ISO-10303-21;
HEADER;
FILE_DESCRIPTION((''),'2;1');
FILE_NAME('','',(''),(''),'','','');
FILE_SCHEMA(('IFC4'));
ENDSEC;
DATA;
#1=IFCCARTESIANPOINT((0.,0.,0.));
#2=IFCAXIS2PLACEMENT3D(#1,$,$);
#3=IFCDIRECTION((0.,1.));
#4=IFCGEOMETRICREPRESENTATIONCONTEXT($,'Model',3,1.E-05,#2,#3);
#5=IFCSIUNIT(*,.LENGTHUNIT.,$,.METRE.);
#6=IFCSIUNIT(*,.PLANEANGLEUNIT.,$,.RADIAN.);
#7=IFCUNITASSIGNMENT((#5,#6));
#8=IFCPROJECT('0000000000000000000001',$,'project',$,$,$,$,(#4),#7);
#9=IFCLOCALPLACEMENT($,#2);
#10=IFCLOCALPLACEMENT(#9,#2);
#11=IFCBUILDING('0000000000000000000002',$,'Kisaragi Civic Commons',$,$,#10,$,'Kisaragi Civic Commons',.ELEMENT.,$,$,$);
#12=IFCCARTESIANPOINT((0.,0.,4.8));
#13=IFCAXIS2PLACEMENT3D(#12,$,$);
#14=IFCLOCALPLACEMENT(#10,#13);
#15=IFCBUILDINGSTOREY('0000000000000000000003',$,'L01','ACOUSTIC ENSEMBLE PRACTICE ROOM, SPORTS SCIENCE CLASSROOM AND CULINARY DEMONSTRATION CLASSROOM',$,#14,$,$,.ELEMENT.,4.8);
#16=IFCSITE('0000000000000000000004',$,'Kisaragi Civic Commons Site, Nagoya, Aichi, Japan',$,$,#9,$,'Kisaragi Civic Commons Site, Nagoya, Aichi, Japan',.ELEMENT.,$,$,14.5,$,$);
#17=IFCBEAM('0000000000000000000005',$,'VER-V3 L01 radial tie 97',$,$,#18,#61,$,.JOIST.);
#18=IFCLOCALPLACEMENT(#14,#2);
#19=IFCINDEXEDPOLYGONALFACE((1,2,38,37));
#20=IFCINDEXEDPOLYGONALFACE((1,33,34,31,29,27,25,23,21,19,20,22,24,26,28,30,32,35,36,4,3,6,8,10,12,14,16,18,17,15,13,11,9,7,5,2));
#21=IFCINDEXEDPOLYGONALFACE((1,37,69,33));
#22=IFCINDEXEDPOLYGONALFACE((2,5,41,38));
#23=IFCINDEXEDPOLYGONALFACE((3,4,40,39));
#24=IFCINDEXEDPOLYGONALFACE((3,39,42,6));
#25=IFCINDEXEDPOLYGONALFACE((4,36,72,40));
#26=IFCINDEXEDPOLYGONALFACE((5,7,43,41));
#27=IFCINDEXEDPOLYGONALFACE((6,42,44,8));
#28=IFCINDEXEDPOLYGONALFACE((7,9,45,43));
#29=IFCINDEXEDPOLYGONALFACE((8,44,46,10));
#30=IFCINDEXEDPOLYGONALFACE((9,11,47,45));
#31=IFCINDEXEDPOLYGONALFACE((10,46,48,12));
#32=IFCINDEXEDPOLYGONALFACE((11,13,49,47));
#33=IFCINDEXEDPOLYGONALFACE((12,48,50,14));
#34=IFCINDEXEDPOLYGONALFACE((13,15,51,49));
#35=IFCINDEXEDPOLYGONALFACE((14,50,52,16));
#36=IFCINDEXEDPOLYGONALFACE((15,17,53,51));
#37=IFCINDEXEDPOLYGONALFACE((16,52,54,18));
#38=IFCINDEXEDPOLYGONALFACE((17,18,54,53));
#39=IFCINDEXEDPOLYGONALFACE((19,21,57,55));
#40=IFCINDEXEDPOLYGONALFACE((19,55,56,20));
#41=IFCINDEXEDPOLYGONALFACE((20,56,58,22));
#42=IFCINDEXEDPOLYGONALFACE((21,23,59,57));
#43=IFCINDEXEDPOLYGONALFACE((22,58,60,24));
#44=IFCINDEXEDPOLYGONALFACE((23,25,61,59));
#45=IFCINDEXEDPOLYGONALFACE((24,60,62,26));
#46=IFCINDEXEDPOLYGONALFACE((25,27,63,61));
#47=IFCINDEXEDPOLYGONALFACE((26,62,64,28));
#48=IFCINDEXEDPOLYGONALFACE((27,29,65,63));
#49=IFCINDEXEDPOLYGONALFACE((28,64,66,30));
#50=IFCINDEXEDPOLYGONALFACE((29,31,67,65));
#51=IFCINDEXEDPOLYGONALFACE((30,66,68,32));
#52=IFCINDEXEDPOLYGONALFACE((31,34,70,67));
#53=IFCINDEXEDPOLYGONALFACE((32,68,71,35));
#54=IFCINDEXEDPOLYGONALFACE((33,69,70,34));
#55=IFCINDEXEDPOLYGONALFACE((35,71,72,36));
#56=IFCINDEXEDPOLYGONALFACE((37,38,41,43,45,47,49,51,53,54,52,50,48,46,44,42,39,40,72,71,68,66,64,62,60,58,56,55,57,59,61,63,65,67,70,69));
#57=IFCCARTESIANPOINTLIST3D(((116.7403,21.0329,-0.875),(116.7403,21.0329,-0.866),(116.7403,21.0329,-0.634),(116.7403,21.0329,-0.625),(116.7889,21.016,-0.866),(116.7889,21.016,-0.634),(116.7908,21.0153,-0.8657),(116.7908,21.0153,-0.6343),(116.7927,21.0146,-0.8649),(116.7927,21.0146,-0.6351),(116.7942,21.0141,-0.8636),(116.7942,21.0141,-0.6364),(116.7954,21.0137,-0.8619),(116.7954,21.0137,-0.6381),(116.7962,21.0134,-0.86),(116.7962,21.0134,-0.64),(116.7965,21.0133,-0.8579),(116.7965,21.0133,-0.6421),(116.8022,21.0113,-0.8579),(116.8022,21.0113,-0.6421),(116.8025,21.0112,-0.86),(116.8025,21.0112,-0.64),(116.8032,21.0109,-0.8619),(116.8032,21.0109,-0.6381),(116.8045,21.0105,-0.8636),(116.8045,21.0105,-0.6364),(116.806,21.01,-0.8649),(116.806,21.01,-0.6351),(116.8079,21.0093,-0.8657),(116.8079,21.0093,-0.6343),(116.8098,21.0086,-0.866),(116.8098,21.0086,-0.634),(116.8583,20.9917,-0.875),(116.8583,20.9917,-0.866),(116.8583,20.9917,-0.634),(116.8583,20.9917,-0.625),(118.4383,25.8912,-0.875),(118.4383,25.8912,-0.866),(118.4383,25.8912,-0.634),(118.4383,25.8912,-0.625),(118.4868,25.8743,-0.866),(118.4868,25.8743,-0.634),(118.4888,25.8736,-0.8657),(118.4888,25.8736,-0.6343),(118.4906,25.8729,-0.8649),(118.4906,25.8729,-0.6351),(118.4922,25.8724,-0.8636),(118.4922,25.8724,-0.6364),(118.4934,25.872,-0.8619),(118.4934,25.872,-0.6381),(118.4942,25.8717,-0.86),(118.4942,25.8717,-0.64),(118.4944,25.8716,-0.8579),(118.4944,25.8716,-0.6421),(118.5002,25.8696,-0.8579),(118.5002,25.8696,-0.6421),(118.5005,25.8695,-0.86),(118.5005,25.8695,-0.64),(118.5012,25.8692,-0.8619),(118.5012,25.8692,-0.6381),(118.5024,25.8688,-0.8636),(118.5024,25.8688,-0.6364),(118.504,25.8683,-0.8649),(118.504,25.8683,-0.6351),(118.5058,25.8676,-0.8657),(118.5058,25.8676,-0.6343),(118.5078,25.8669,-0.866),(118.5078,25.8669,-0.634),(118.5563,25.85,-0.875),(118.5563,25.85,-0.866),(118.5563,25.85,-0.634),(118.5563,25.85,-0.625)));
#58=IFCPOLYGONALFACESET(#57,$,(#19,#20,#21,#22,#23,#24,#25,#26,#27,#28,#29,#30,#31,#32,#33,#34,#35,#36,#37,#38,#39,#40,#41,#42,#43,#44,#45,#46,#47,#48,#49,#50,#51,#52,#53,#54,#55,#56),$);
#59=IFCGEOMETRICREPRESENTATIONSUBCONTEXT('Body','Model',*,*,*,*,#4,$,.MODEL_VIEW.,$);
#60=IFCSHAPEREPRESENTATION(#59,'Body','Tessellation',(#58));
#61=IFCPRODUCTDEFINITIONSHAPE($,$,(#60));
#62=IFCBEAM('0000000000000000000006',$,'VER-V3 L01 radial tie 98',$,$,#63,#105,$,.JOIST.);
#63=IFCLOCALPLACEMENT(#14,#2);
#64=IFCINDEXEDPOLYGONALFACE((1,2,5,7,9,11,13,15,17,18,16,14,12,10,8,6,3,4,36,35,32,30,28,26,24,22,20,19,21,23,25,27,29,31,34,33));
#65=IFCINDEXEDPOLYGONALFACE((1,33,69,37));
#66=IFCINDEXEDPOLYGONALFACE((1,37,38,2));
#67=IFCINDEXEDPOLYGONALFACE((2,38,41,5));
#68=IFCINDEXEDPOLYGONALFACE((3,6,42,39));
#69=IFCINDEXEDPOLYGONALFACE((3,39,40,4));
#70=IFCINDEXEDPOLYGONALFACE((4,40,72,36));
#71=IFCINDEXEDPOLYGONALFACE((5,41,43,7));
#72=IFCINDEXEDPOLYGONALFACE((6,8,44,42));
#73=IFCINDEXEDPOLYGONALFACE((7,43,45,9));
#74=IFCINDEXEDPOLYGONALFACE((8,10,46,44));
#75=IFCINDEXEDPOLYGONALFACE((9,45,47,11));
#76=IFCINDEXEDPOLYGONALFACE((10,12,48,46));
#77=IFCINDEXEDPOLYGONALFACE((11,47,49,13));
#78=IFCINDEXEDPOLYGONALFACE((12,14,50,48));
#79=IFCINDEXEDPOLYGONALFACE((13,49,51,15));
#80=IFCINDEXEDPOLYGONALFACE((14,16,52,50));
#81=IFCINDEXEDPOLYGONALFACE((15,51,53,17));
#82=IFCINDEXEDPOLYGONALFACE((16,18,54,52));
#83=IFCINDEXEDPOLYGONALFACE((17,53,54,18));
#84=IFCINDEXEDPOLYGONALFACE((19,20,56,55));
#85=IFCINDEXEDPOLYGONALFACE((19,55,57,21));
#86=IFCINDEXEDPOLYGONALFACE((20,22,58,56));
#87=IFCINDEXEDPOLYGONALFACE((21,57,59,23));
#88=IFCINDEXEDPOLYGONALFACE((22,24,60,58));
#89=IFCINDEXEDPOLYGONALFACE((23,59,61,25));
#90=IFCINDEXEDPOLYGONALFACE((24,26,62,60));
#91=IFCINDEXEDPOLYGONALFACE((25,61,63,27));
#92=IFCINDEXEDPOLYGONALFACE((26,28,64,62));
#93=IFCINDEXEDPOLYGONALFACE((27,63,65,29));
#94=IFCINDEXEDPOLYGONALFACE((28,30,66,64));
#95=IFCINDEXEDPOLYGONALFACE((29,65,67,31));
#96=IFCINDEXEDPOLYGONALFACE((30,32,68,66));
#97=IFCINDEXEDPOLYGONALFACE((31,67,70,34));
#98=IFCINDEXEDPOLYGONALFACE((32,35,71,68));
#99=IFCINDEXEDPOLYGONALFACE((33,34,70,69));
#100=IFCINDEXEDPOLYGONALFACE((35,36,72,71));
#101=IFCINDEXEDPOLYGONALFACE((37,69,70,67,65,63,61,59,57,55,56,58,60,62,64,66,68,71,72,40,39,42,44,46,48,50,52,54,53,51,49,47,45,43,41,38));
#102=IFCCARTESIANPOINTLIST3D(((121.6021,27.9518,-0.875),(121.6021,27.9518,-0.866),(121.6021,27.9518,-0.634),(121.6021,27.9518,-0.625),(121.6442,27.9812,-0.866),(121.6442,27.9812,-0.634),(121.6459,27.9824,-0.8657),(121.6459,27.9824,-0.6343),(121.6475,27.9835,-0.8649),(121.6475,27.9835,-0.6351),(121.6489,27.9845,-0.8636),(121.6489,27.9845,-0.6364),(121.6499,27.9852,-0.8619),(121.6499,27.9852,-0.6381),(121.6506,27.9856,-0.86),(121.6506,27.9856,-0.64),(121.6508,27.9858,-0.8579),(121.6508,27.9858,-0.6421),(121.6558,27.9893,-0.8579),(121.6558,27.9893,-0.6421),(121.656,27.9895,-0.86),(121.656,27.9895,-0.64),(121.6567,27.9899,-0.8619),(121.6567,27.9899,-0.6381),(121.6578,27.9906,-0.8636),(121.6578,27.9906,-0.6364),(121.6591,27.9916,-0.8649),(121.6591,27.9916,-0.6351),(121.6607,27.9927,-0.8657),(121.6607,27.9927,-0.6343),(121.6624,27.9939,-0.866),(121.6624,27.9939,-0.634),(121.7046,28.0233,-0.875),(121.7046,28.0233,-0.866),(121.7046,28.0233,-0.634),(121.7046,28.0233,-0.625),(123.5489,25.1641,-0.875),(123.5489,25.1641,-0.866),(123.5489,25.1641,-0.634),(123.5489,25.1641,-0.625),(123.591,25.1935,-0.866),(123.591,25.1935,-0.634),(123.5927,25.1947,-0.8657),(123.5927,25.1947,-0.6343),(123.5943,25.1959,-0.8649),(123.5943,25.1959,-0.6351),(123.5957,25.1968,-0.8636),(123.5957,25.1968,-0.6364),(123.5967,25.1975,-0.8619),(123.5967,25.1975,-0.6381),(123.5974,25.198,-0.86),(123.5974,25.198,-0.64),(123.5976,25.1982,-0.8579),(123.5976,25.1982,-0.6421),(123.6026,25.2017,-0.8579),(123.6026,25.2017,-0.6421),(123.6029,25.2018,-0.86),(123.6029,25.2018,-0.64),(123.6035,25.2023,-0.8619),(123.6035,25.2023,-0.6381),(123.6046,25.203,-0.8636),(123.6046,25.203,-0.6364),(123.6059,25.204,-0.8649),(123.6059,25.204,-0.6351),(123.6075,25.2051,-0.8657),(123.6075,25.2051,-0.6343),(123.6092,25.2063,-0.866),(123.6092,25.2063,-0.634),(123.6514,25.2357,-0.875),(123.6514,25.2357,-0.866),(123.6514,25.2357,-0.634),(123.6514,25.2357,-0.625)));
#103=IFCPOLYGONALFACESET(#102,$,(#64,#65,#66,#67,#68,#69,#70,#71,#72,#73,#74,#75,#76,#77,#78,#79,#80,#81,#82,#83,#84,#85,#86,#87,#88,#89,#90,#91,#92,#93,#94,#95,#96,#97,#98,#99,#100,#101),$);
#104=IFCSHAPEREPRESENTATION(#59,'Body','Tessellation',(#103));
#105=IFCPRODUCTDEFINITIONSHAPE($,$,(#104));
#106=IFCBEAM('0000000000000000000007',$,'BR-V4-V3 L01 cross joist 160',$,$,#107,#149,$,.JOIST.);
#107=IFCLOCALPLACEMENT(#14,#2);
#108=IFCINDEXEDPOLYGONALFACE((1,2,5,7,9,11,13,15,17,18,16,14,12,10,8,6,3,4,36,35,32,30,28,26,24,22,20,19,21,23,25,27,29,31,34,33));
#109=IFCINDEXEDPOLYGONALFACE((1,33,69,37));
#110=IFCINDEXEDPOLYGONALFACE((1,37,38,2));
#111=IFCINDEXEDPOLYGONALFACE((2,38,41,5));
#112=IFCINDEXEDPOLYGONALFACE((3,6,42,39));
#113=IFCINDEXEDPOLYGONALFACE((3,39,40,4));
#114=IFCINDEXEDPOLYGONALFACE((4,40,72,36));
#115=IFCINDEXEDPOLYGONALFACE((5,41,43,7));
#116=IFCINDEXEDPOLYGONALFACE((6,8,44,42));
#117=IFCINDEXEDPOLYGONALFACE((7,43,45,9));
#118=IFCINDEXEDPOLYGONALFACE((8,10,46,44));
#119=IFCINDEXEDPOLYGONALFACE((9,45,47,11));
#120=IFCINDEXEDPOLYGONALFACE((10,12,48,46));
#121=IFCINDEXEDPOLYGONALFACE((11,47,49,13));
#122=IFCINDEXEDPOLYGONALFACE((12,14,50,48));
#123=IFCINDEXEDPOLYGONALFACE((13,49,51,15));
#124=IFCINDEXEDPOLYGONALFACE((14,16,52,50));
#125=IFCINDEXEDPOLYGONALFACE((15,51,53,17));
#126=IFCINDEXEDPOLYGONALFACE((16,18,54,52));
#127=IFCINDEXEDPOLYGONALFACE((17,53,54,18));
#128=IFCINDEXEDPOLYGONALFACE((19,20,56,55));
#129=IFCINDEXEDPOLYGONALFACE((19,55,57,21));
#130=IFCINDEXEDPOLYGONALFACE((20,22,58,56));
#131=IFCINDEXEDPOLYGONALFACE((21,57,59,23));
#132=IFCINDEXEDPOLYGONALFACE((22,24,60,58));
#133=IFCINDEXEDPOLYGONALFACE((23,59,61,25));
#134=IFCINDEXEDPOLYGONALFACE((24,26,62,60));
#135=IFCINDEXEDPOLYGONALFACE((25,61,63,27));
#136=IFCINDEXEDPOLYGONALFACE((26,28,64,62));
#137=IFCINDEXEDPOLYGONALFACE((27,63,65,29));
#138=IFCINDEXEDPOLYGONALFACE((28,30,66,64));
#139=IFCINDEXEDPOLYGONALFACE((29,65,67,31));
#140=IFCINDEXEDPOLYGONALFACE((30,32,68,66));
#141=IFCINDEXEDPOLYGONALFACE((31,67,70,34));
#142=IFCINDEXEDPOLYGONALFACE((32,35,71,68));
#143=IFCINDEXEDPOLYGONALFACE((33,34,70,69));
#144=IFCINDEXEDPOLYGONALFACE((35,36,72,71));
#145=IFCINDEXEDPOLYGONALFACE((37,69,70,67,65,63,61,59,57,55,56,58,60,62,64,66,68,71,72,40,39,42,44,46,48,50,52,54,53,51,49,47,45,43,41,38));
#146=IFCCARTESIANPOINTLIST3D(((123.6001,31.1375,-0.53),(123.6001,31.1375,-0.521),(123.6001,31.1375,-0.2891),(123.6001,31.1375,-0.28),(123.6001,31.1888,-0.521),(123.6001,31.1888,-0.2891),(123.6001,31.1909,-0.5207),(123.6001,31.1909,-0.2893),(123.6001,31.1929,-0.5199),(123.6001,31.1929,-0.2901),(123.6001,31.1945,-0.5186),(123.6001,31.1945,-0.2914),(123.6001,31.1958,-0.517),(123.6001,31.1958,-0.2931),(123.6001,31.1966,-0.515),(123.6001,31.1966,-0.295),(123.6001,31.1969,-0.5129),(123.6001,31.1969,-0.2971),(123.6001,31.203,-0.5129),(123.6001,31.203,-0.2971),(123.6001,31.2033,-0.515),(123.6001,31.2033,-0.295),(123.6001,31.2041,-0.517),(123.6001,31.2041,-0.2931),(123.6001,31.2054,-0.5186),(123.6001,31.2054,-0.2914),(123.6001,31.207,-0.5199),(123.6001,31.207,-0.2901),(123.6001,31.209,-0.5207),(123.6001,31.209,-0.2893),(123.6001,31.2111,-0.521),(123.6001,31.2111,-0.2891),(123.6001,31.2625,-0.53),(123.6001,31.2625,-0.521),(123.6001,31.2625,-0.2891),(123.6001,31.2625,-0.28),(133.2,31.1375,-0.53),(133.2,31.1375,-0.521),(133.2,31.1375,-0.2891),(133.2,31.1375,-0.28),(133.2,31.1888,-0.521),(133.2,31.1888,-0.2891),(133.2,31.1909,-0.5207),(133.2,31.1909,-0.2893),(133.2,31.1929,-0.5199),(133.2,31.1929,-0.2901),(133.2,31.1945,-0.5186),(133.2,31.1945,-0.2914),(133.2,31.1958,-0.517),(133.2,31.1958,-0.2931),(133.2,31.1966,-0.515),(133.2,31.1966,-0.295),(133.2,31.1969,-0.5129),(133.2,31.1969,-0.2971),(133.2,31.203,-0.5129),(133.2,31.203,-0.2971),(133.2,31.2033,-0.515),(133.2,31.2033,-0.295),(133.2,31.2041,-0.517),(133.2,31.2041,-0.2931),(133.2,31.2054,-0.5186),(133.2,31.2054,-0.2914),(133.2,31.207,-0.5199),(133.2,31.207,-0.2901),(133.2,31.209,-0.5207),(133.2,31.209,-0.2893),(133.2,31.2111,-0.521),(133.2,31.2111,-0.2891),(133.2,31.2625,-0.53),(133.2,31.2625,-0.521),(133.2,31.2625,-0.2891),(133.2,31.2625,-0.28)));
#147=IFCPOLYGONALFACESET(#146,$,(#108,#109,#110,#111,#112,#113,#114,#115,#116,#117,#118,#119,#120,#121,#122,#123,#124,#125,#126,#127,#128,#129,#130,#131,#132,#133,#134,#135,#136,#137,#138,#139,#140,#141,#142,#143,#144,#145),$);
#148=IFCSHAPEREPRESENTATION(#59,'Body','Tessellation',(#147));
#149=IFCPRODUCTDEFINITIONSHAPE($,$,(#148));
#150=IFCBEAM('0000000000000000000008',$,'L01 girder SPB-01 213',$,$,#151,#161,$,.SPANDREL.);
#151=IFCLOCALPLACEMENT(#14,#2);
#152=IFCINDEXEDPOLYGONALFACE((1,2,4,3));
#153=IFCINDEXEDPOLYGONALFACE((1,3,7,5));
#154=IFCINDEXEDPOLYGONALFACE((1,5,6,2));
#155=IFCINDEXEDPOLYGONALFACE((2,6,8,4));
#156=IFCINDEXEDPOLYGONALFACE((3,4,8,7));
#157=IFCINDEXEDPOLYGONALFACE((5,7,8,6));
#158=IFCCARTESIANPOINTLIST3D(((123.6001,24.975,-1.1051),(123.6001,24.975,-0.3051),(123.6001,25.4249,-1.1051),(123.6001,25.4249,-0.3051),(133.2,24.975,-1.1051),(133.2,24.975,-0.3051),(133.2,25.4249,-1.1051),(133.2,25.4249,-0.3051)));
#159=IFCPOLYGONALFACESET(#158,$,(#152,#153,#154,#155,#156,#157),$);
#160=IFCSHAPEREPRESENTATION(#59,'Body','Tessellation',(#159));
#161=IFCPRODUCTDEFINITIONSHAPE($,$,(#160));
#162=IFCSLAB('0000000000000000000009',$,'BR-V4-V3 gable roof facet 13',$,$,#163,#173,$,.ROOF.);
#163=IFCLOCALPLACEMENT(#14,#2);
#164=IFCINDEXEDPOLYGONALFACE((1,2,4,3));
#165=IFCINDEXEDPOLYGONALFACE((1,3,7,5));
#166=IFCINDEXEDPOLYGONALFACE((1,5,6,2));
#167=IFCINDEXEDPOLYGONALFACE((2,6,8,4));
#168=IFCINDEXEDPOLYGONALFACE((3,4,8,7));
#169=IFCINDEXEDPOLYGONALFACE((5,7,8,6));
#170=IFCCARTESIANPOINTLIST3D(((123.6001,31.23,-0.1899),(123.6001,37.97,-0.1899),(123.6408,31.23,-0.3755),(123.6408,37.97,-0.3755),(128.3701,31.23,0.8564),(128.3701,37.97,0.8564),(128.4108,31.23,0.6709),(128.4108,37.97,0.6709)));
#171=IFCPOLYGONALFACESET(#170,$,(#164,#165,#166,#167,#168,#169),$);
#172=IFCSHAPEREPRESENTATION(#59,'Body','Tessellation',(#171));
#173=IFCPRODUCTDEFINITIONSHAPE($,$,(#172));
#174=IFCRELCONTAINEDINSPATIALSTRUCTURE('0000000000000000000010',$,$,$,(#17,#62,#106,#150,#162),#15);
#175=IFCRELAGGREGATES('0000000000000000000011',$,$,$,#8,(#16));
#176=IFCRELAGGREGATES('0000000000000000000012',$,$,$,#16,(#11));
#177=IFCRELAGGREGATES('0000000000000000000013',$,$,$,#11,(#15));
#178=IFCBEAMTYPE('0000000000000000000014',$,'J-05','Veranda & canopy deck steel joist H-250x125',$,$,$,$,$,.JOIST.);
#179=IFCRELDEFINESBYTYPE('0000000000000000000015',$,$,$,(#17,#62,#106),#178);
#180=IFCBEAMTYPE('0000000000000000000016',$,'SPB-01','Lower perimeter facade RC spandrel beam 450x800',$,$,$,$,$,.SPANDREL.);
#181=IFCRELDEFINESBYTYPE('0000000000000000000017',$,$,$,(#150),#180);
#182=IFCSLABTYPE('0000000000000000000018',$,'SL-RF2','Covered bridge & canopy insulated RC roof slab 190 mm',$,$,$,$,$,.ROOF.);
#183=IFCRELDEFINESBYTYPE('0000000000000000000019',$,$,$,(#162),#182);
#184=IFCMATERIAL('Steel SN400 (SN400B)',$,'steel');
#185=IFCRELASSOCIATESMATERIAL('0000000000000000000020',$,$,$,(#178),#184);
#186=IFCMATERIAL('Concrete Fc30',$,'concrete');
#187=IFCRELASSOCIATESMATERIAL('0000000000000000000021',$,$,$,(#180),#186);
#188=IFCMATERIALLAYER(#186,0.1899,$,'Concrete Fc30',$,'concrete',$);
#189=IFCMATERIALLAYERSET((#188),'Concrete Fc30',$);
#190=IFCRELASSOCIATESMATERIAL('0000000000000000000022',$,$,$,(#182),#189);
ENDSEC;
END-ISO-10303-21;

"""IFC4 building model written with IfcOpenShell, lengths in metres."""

from ifc_helpers import new_model, si_unit, direction, frame, origin, origin_2d, place, context, subcontext, project, spatial, polyline, rectangle, i_section, outline, extrude, material, layer, layer_set, material_profile, profile_set, type_object, element, save


model = new_model("IFC4")

# Units and contexts
model_context = context("Model", 3, precision=1e-05, world=origin(), true_north=direction((0.0, 1.0)))
body_context = subcontext(model_context, "Body", "Model", "MODEL_VIEW")
ifc_project = project(units=[si_unit("LENGTHUNIT", "METRE"), si_unit("PLANEANGLEUNIT", "RADIAN")], contexts=[model_context])

# Site, building, storey
site_placement = place(None, origin())
site = spatial("IfcSite", under=ifc_project, at=site_placement, Name="Kisaragi Civic Commons Site, Nagoya, Aichi, Japan", LongName="Kisaragi Civic Commons Site, Nagoya, Aichi, Japan", CompositionType="ELEMENT", RefElevation=14.5)
building_placement = place(site_placement, origin())
building = spatial("IfcBuilding", under=site, at=building_placement, Name="Kisaragi Civic Commons", LongName="Kisaragi Civic Commons", CompositionType="ELEMENT")
storey_placement = place(building_placement, frame((0.0, 0.0, 4.8)))
storey = spatial("IfcBuildingStorey", under=building, at=storey_placement, Name="L01", Description="ACOUSTIC ENSEMBLE PRACTICE ROOM, SPORTS SCIENCE CLASSROOM AND CULINARY DEMONSTRATION CLASSROOM", CompositionType="ELEMENT", Elevation=4.8)

# Beams
ifc_material_1 = material(Name="Concrete Fc30", Category="concrete")
ifc_material_2 = material(Name="Steel SN400 (SN400B)", Category="steel")
ifc_material_profile_1 = material_profile(ifc_material_2, i_section(OverallWidth=0.125, OverallDepth=0.25, WebThickness=0.0061, FlangeThickness=0.009, FilletRadius=0.0081, at=origin_2d()), Name="H-250x125x6x9", Category="steel")
ifc_profile_set_1 = profile_set([ifc_material_profile_1], Name="Steel SN400 (SN400B)")
beam_type_1 = type_object("IfcBeamType", Name="J-05", Description="Veranda & canopy deck steel joist H-250x125", PredefinedType="JOIST", material=ifc_profile_set_1)
beam_1_placement = place(storey_placement, frame((118.4973, 25.8706, -0.75), z_axis=(-0.329928, -0.944006, 0.0), x_axis=(0.944006, -0.329928, 0.0)))
element("IfcBeam", 1, at=beam_1_placement, inside=storey, type_object=beam_type_1, Name="VER-V3 L01 radial tie 97", PredefinedType="JOIST", context=body_context, shape_type="SweptSolid", body=[
    extrude(i_section(OverallWidth=0.125, OverallDepth=0.25, WebThickness=0.0061, FlangeThickness=0.009, FilletRadius=0.0081, at=origin_2d()), origin(), (0.0, 0.0, 1.0), 5.1465),
])
beam_2_placement = place(storey_placement, frame((121.6533, 27.9875, -0.75), z_axis=(0.572566, -0.819859, 0.0), x_axis=(0.819859, 0.572566, 0.0)))
element("IfcBeam", 2, at=beam_2_placement, inside=storey, type_object=beam_type_1, Name="VER-V3 L01 radial tie 98", PredefinedType="JOIST", context=body_context, shape_type="SweptSolid", body=[
    extrude(i_section(OverallWidth=0.125, OverallDepth=0.25, WebThickness=0.0061, FlangeThickness=0.009, FilletRadius=0.0081, at=origin_2d()), origin(), (0.0, 0.0, 1.0), 3.4001),
])
beam_3_placement = place(storey_placement, frame((123.6001, 31.2, -0.405), z_axis=(1.0, 0.0, 0.0), x_axis=(0.0, 1.0, 0.0)))
element("IfcBeam", 3, at=beam_3_placement, inside=storey, type_object=beam_type_1, Name="BR-V4-V3 L01 cross joist 160", PredefinedType="JOIST", context=body_context, shape_type="SweptSolid", body=[
    extrude(i_section(OverallWidth=0.125, OverallDepth=0.25, WebThickness=0.0061, FlangeThickness=0.009, FilletRadius=0.0081, at=origin_2d()), origin(), (0.0, 0.0, 1.0), 9.5999),
])
ifc_material_profile_2 = material_profile(ifc_material_1, rectangle(XDim=0.45, YDim=0.8, at=origin_2d()), Name="RC-450x800", Category="concrete")
ifc_profile_set_2 = profile_set([ifc_material_profile_2], Name="Concrete Fc30")
beam_type_2 = type_object("IfcBeamType", Name="SPB-01", Description="Lower perimeter facade RC spandrel beam 450x800", PredefinedType="SPANDREL", material=ifc_profile_set_2)
beam_4_placement = place(storey_placement, frame((123.6001, 25.2, -0.7051), z_axis=(1.0, 0.0, 0.0), x_axis=(0.0, 1.0, 0.0)))
element("IfcBeam", 4, at=beam_4_placement, inside=storey, type_object=beam_type_2, Name="L01 girder SPB-01 213", PredefinedType="SPANDREL", context=body_context, shape_type="SweptSolid", body=[
    extrude(rectangle(XDim=0.45, YDim=0.8, at=origin_2d()), origin(), (0.0, 0.0, 1.0), 9.5999),
])

# Slab
ifc_layer_1 = layer(ifc_material_1, 0.1899, Name="Concrete Fc30", Category="concrete")
ifc_layer_set_1 = layer_set([ifc_layer_1], Name="Concrete Fc30")
slab_type = type_object("IfcSlabType", Name="SL-RF2", Description="Covered bridge & canopy insulated RC roof slab 190 mm", PredefinedType="ROOF", material=ifc_layer_set_1)
slab_placement = place(storey_placement, frame((123.6001, 31.23, -0.1899), z_axis=(-0.214272, 0.0, 0.976774), x_axis=(0.976774, 0.0, 0.214272)))
element("IfcSlab", 5, at=slab_placement, inside=storey, type_object=slab_type, Name="BR-V4-V3 gable roof facet 13", PredefinedType="ROOF", context=body_context, shape_type="SweptSolid", body=[
    extrude(outline(polyline([(0.0, 0.0), (4.8834, 0.0), (4.8834, 6.74), (0.0, 6.74), (0.0, 0.0)])), origin(), (0.0, 0.0, -1.0), 0.1899),
])

save(model, "model.ifc")
